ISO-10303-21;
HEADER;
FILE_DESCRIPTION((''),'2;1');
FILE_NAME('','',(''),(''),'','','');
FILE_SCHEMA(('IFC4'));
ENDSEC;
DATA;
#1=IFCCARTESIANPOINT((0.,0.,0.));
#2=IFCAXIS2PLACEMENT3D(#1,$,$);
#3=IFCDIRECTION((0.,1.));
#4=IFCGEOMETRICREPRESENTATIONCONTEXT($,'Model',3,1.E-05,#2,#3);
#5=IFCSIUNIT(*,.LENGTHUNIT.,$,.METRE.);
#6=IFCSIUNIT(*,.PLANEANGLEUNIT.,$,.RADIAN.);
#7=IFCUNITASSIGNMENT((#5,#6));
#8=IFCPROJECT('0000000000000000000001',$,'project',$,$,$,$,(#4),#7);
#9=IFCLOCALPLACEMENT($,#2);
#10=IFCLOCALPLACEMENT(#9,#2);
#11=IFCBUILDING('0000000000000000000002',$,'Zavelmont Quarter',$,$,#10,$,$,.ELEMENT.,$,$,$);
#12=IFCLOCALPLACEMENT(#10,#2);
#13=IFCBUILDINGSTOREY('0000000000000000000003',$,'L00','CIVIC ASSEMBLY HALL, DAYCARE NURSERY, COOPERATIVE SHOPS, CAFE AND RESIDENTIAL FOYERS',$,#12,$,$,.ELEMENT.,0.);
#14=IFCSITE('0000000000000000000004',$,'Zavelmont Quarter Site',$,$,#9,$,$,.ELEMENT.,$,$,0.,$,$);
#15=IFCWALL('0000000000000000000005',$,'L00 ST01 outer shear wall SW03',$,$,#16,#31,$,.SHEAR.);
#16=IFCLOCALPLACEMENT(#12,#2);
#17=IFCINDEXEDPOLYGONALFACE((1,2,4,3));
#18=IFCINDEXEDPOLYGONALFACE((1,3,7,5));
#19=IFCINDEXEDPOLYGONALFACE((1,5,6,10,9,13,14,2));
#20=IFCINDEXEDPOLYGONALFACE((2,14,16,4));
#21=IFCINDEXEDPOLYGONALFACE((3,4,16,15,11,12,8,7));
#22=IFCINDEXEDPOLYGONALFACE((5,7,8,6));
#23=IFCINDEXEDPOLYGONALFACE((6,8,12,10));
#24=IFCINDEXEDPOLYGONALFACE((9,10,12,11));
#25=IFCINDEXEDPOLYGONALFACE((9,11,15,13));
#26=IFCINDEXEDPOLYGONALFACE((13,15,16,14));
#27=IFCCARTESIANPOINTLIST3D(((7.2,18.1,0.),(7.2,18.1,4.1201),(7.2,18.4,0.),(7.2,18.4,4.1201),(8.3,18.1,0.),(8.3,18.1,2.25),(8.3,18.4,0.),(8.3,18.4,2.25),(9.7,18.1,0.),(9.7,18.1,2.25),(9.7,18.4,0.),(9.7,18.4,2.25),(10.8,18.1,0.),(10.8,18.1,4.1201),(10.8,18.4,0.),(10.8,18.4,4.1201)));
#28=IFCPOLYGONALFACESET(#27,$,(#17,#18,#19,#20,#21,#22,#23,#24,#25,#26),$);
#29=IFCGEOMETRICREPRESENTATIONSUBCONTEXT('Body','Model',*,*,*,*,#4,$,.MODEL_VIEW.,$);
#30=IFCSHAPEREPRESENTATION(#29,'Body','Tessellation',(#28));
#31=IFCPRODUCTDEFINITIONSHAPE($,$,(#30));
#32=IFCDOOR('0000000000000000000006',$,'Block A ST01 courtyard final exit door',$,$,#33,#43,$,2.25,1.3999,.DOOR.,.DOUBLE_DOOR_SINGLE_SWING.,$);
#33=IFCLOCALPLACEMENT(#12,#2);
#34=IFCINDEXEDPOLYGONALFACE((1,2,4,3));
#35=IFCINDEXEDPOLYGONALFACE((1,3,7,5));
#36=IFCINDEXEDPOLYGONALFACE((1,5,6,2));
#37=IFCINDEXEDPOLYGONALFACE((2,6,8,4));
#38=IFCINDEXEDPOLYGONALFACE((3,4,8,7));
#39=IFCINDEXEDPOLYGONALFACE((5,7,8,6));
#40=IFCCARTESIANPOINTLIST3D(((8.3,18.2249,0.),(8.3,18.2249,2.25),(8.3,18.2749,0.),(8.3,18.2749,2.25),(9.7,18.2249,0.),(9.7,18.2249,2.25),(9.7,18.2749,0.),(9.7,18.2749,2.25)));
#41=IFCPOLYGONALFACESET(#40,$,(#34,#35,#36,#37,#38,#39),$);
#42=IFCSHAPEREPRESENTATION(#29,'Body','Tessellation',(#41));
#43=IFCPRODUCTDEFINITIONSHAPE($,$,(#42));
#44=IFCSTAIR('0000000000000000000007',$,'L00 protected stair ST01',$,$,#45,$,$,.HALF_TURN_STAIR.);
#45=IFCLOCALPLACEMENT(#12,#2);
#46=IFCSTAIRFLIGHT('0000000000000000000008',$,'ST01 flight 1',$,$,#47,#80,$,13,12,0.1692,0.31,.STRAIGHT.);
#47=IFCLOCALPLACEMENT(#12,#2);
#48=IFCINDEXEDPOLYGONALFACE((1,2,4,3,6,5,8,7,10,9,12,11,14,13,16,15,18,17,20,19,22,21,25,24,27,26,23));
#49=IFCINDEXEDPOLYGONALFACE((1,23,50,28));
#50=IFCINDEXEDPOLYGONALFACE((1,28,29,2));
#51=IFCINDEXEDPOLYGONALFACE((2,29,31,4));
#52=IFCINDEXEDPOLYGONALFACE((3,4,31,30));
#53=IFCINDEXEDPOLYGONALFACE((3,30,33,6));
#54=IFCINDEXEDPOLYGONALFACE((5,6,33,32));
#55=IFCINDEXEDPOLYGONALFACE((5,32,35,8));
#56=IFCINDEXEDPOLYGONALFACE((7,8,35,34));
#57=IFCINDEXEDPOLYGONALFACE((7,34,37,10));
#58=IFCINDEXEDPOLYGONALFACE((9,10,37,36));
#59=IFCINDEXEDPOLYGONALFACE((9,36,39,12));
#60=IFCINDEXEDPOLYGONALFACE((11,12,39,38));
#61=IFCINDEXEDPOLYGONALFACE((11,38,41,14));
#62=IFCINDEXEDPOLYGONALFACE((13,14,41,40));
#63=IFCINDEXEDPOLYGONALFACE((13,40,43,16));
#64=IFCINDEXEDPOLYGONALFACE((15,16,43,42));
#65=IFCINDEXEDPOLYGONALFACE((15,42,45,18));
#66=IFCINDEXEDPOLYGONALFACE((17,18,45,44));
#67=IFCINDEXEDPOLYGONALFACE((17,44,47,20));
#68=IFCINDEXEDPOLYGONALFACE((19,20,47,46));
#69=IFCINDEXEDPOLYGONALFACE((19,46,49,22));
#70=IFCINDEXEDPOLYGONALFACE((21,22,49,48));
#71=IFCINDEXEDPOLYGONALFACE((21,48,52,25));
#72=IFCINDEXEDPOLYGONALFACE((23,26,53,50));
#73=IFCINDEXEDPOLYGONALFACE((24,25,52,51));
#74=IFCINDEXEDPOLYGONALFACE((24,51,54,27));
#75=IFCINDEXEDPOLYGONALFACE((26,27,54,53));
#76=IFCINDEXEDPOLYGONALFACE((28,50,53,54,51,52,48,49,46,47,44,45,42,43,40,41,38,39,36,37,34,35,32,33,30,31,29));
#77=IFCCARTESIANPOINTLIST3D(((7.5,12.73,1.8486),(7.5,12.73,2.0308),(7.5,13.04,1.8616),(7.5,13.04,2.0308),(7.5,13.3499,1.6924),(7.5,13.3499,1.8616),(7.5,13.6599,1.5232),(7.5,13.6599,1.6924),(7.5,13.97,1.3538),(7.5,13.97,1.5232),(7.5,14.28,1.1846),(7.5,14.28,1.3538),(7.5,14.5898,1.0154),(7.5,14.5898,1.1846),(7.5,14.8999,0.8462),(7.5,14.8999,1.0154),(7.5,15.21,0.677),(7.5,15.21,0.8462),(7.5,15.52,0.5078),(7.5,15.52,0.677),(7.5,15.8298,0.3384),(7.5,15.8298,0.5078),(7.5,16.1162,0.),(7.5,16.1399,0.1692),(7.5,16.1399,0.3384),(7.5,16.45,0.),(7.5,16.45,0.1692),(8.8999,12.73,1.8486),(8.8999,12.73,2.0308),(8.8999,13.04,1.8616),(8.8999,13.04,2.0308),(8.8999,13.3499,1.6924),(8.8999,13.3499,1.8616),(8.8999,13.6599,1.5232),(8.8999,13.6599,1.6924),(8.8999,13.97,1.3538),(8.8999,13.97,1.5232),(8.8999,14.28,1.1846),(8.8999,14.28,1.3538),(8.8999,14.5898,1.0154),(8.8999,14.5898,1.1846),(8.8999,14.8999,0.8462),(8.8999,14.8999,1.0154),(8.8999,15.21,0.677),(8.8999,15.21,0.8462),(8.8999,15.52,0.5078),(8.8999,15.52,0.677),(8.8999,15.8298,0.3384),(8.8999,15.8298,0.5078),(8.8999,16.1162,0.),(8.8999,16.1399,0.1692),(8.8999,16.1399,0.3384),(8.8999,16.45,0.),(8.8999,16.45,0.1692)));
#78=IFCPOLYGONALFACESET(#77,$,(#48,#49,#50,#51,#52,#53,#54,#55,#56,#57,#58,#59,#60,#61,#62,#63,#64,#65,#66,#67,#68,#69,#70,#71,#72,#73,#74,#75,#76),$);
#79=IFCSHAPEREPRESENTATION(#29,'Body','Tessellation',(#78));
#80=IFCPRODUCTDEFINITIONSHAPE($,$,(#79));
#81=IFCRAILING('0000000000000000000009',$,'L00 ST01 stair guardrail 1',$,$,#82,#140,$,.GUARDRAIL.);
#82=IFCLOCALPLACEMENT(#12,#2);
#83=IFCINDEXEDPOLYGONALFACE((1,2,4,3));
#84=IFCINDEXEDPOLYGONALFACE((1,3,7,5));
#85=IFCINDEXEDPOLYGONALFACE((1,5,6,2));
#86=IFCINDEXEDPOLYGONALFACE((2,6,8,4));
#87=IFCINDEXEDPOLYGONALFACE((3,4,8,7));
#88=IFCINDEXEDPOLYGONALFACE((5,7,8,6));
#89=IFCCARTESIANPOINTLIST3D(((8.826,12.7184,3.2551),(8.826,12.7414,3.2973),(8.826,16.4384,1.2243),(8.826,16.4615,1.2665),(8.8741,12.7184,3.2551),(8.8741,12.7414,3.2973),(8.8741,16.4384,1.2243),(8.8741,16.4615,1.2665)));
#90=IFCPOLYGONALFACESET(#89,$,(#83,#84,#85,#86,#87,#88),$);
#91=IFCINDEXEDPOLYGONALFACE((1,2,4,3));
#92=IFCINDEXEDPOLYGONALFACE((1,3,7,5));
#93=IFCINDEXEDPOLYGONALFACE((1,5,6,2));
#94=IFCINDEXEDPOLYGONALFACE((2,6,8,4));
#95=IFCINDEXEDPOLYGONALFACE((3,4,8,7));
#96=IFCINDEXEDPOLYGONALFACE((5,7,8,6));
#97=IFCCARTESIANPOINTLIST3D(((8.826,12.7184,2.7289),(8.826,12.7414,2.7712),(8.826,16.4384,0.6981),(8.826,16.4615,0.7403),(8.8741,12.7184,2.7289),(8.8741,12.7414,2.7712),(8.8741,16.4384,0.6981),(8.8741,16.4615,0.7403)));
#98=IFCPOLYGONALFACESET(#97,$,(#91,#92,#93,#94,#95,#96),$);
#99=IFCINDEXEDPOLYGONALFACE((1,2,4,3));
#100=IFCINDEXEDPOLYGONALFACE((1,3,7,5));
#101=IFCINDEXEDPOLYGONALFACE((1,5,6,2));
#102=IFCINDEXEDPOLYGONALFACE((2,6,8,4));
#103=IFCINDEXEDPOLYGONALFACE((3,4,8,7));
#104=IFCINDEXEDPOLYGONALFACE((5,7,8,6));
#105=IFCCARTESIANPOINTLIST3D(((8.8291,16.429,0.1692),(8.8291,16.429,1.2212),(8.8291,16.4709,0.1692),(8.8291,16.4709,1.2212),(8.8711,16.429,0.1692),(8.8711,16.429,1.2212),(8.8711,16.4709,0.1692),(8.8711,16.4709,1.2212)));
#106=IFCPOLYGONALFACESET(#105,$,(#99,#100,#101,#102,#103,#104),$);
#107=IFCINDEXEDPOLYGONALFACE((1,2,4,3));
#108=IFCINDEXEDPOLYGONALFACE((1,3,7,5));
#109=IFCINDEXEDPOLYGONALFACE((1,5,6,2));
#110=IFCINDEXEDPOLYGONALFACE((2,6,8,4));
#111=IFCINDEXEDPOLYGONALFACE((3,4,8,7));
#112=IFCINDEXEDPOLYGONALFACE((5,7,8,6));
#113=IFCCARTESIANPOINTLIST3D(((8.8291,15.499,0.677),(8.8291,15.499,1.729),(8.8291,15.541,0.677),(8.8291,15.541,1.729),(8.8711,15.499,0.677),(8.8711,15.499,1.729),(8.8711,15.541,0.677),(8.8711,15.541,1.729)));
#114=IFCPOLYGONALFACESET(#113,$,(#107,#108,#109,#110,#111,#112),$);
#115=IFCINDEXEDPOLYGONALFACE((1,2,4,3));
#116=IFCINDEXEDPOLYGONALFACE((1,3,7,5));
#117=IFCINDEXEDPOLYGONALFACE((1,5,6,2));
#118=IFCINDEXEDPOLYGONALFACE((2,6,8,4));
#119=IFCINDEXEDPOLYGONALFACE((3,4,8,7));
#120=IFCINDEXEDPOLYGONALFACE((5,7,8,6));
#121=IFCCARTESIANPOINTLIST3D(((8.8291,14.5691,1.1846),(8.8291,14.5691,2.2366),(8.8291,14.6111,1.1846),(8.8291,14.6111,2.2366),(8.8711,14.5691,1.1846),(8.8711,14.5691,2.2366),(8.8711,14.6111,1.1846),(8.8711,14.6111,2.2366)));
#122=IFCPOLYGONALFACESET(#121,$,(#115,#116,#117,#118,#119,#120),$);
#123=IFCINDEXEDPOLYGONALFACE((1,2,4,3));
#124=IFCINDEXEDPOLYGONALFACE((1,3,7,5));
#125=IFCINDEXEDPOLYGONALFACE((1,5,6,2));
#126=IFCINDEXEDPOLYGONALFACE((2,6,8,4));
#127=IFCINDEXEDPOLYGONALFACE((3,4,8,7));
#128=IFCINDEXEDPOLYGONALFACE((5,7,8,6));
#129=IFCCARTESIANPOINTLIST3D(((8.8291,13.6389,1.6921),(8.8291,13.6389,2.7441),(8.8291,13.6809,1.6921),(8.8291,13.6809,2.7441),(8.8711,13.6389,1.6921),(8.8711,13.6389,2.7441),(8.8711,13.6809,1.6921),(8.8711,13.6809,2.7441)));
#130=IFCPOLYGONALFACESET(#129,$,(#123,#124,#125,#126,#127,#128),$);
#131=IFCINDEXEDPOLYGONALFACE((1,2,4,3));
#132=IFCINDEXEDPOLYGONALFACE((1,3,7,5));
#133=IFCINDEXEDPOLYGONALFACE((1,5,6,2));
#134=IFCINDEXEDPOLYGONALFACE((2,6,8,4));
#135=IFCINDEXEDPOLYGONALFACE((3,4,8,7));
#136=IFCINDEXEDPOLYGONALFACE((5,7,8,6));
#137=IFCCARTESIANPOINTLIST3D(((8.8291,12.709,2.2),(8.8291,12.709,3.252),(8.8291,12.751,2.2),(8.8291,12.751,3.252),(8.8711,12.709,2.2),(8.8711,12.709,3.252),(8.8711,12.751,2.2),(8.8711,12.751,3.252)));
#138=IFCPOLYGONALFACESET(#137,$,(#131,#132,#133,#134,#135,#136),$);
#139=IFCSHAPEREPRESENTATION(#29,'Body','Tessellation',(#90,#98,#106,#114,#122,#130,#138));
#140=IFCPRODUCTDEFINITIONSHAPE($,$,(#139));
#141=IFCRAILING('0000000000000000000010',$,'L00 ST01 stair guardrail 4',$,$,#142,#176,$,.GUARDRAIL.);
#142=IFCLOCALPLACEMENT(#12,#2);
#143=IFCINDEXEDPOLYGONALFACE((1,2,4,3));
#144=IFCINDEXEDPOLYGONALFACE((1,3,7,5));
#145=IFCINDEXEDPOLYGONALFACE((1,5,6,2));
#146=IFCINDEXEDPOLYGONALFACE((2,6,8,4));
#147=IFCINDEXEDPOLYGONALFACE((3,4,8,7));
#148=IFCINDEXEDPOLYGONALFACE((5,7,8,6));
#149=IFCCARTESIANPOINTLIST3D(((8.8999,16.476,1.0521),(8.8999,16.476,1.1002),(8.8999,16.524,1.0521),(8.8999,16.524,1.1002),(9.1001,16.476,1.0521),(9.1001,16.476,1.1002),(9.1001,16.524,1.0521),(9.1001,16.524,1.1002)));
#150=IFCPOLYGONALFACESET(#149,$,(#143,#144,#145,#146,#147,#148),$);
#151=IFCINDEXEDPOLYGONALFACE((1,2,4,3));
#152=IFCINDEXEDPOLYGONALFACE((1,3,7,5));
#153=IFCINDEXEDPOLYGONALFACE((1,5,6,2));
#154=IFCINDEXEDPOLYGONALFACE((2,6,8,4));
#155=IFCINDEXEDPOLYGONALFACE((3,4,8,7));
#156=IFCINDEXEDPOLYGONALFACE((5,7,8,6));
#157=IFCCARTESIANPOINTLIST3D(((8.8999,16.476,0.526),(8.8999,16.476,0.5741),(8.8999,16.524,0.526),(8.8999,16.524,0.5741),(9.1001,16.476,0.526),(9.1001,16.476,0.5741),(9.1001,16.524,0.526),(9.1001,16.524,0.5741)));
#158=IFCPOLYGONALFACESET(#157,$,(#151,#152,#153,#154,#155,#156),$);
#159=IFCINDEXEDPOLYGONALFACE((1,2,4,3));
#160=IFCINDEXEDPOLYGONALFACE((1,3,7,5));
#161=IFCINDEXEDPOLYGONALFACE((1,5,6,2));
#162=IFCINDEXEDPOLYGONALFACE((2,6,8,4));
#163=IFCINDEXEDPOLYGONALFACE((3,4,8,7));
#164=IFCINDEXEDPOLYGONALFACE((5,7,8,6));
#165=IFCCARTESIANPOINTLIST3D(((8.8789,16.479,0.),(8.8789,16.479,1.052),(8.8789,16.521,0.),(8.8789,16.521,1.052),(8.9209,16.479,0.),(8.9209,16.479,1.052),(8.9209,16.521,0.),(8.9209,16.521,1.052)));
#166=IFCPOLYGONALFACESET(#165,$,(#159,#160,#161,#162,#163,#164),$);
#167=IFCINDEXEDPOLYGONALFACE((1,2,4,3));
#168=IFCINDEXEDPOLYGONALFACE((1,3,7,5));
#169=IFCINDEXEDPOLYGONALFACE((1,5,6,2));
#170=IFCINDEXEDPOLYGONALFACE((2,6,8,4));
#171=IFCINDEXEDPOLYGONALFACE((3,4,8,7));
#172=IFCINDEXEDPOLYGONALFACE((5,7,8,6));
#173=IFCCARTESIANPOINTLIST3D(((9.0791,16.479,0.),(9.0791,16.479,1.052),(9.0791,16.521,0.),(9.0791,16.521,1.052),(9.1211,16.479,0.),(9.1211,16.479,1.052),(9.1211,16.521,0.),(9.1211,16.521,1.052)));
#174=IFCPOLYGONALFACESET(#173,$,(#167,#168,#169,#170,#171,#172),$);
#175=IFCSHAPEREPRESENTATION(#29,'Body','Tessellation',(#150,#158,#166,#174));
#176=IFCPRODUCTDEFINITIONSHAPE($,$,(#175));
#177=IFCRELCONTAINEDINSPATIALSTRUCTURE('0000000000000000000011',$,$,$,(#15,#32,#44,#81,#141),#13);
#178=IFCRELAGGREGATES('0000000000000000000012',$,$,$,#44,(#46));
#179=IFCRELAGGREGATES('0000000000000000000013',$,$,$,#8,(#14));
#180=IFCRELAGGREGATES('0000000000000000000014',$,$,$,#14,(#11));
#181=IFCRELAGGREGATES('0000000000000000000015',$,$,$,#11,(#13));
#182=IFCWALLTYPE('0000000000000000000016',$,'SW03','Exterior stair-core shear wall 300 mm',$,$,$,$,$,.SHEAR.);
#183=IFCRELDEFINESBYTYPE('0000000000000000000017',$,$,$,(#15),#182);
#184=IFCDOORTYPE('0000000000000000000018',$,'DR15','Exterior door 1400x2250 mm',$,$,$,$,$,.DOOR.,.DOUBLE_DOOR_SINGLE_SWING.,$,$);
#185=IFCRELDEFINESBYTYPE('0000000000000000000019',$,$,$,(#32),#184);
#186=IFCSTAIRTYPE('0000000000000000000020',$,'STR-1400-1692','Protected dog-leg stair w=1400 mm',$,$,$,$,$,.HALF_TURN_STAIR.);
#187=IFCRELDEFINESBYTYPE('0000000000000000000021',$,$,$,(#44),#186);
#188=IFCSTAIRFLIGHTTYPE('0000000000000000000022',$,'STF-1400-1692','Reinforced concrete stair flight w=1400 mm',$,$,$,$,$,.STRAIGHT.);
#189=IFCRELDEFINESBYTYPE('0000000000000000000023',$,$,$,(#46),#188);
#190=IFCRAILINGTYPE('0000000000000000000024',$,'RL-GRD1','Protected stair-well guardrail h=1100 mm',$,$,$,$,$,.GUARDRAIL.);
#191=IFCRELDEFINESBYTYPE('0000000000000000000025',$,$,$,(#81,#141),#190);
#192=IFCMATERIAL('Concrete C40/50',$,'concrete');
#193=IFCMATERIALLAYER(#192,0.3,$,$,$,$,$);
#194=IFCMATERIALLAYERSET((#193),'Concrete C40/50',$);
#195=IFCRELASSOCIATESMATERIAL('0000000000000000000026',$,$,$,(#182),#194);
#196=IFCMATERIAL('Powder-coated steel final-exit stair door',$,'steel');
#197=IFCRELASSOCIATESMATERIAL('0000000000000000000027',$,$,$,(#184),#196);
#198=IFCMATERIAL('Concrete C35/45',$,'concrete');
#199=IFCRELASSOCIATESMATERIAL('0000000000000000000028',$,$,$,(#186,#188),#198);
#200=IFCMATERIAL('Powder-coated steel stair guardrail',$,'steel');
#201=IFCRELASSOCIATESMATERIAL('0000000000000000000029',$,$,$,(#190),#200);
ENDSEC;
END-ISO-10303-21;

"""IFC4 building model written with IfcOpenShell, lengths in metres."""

from ifc_helpers import new_model, si_unit, direction, frame, frame_2d, origin, origin_with_axes, origin_2d, place, context, subcontext, project, spatial, polyline, rectangle, outline, extrude, material, layer, layer_set, type_object, element, fill, aggregate, save


model = new_model("IFC4")

# Units and contexts
model_context = context("Model", 3, precision=1e-05, world=origin(), true_north=direction((0.0, 1.0)))
body_context = subcontext(model_context, "Body", "Model", "MODEL_VIEW")
ifc_project = project(units=[si_unit("LENGTHUNIT", "METRE"), si_unit("PLANEANGLEUNIT", "RADIAN")], contexts=[model_context])

# Site, building, storey
site_placement = place(None, origin())
site = spatial("IfcSite", under=ifc_project, at=site_placement, Name="Zavelmont Quarter Site", CompositionType="ELEMENT", RefElevation=0.0)
building_placement = place(site_placement, origin())
building = spatial("IfcBuilding", under=site, at=building_placement, Name="Zavelmont Quarter", CompositionType="ELEMENT")
storey_placement = place(building_placement, origin())
storey = spatial("IfcBuildingStorey", under=building, at=storey_placement, Name="L00", Description="CIVIC ASSEMBLY HALL, DAYCARE NURSERY, COOPERATIVE SHOPS, CAFE AND RESIDENTIAL FOYERS", CompositionType="ELEMENT", Elevation=0.0)

# Shared definitions
ifc_material_1 = material(Name="Concrete C40/50", Category="concrete")

# Shared definitions
ifc_material_2 = material(Name="Concrete C35/45", Category="concrete")

# Wall, opening, door
ifc_layer_1 = layer(ifc_material_1, 0.3)
ifc_layer_set_1 = layer_set([ifc_layer_1], Name="Concrete C40/50")
wall_type_1 = type_object("IfcWallType", Name="SW03", Description="Exterior stair-core shear wall 300 mm", PredefinedType="SHEAR", material=ifc_layer_set_1)
wall_1_placement = place(storey_placement, frame((7.2, 18.25, 0.0), z_axis=(0.0, 0.0, 1.0), x_axis=(1.0, 0.0, 0.0)))
wall_1 = element("IfcWall", 1, at=wall_1_placement, inside=storey, type_object=wall_type_1, Name="L00 ST01 outer shear wall SW03", PredefinedType="SHEAR", context=body_context, shape_type="SweptSolid", body=[
    extrude(rectangle(XDim=3.6001, YDim=0.3, at=frame_2d((1.8, 0.0))), origin(), (0.0, 0.0, 1.0), 4.1201),
])
opening_placement = place(wall_1_placement, frame((1.1001, 0.0, 0.0)))
opening = element("IfcOpeningElement", 2, at=opening_placement, cuts=wall_1, PredefinedType="OPENING", context=body_context, shape_type="SweptSolid", body=[
    extrude(rectangle(XDim=1.3999, YDim=2.25, at=frame_2d((0.7, 1.125))), frame((0.0, 0.1621, 0.0), z_axis=(0.0, -1.0, 0.0), x_axis=(1.0, 0.0, 0.0)), (0.0, 0.0, 1.0), 0.324),
])
ifc_material_3 = material(Name="Powder-coated steel final-exit stair door", Category="steel")
door_type = type_object("IfcDoorType", Name="DR15", Description="Exterior door 1400x2250 mm", OperationType="DOUBLE_DOOR_SINGLE_SWING", PredefinedType="DOOR", material=ifc_material_3)
door_placement = place(opening_placement, origin_with_axes())
door = element("IfcDoor", 3, at=door_placement, inside=storey, type_object=door_type, Name="Block A ST01 courtyard final exit door", OperationType="DOUBLE_DOOR_SINGLE_SWING", OverallHeight=2.25, OverallWidth=1.3999, PredefinedType="DOOR", context=body_context, shape_type="SweptSolid", body=[
    extrude(rectangle(XDim=1.3999, YDim=2.25, at=frame_2d((0.7, 1.125))), frame((0.0, 0.0249, 0.0), z_axis=(0.0, -1.0, 0.0), x_axis=(1.0, 0.0, 0.0)), (0.0, 0.0, 1.0), 0.05),
])
fill(opening, door)

# Stair, stair flight
stair_type = type_object("IfcStairType", Name="STR-1400-1692", Description="Protected dog-leg stair w=1400 mm", PredefinedType="HALF_TURN_STAIR", material=ifc_material_2)
stair_placement = place(storey_placement, origin())
stair = element("IfcStair", 4, at=stair_placement, inside=storey, type_object=stair_type, Name="L00 protected stair ST01", PredefinedType="HALF_TURN_STAIR")
stair_flight_type = type_object("IfcStairFlightType", Name="STF-1400-1692", Description="Reinforced concrete stair flight w=1400 mm", PredefinedType="STRAIGHT", material=ifc_material_2)
stair_flight_placement = place(storey_placement, frame((8.2, 16.45, 0.0), z_axis=(0.0, 0.0, 1.0), x_axis=(0.0, -1.0, 0.0)))
stair_flight = element("IfcStairFlight", 5, at=stair_flight_placement, type_object=stair_flight_type, Name="ST01 flight 1", NumberOfRisers=13, NumberOfTreads=12, PredefinedType="STRAIGHT", RiserHeight=0.1692, TreadLength=0.31, context=body_context, shape_type="SweptSolid", body=[
    extrude(outline(polyline([(0.0, 0.0), (0.0, 0.1692), (0.3101, 0.1692), (0.3101, 0.3384), (0.6201, 0.3384), (0.6201, 0.5078), (0.9299, 0.5078), (0.9299, 0.677), (1.24, 0.677), (1.24, 0.8462), (1.55, 0.8462), (1.55, 1.0154), (1.8601, 1.0154), (1.8601, 1.1846), (2.1699, 1.1846), (2.1699, 1.3538), (2.48, 1.3538), (2.48, 1.5232), (2.79, 1.5232), (2.79, 1.6924), (3.1001, 1.6924), (3.1001, 1.8616), (3.4099, 1.8616), (3.4099, 2.0308), (3.72, 2.0308), (3.72, 2.2), (3.72, 1.8486), (0.3337, 0.0), (0.0, 0.0)])), frame((0.0, 0.7, 0.0), z_axis=(0.0, -1.0, 0.0), x_axis=(1.0, 0.0, 0.0)), (0.0, 0.0, 1.0), 1.3999),
])
aggregate(stair, [stair_flight])

# Railings
ifc_material_4 = material(Name="Powder-coated steel stair guardrail", Category="steel")
railing_type_1 = type_object("IfcRailingType", Name="RL-GRD1", Description="Protected stair-well guardrail h=1100 mm", PredefinedType="GUARDRAIL", material=ifc_material_4)
railing_1_placement = place(storey_placement, frame((8.8501, 16.45, 0.1692)))
element("IfcRailing", 6, at=railing_1_placement, inside=storey, type_object=railing_type_1, Name="L00 ST01 stair guardrail 1", PredefinedType="GUARDRAIL", context=body_context, shape_type="SweptSolid", body=[
    extrude(rectangle(XDim=0.0481, YDim=0.0481, at=origin_2d()), frame((0.0, 0.0, 1.0762), z_axis=(0.0, -0.877728, 0.479159), x_axis=(1.0, 0.0, 0.0)), (0.0, 0.0, 1.0), 4.2383),
    extrude(rectangle(XDim=0.0481, YDim=0.0481, at=origin_2d()), frame((0.0, 0.0, 0.55), z_axis=(0.0, -0.877728, 0.479159), x_axis=(1.0, 0.0, 0.0)), (0.0, 0.0, 1.0), 4.2383),
    extrude(rectangle(XDim=0.042, YDim=0.042, at=origin_2d()), origin(), (0.0, 0.0, 1.0), 1.052),
    extrude(rectangle(XDim=0.042, YDim=0.042, at=origin_2d()), frame((0.0, -0.9299, 0.5078)), (0.0, 0.0, 1.0), 1.052),
    extrude(rectangle(XDim=0.042, YDim=0.042, at=origin_2d()), frame((0.0, -1.8599, 1.0154)), (0.0, 0.0, 1.0), 1.052),
    extrude(rectangle(XDim=0.042, YDim=0.042, at=origin_2d()), frame((0.0, -2.79, 1.5229)), (0.0, 0.0, 1.0), 1.052),
    extrude(rectangle(XDim=0.042, YDim=0.042, at=origin_2d()), frame((0.0, -3.72, 2.0308)), (0.0, 0.0, 1.0), 1.052),
])
railing_2_placement = place(storey_placement, frame((8.8999, 16.5, 0.0)))
element("IfcRailing", 7, at=railing_2_placement, inside=storey, type_object=railing_type_1, Name="L00 ST01 stair guardrail 4", PredefinedType="GUARDRAIL", context=body_context, shape_type="SweptSolid", body=[
    extrude(rectangle(XDim=0.0481, YDim=0.0481, at=origin_2d()), frame((0.0, 0.0, 1.0762), z_axis=(1.0, 0.0, 0.0), x_axis=(0.0, 1.0, 0.0)), (0.0, 0.0, 1.0), 0.2002),
    extrude(rectangle(XDim=0.0481, YDim=0.0481, at=origin_2d()), frame((0.0, 0.0, 0.55), z_axis=(1.0, 0.0, 0.0), x_axis=(0.0, 1.0, 0.0)), (0.0, 0.0, 1.0), 0.2002),
    extrude(rectangle(XDim=0.042, YDim=0.042, at=origin_2d()), origin(), (0.0, 0.0, 1.0), 1.052),
    extrude(rectangle(XDim=0.042, YDim=0.042, at=origin_2d()), frame((0.2002, 0.0, 0.0)), (0.0, 0.0, 1.0), 1.052),
])

save(model, "model.ifc")
